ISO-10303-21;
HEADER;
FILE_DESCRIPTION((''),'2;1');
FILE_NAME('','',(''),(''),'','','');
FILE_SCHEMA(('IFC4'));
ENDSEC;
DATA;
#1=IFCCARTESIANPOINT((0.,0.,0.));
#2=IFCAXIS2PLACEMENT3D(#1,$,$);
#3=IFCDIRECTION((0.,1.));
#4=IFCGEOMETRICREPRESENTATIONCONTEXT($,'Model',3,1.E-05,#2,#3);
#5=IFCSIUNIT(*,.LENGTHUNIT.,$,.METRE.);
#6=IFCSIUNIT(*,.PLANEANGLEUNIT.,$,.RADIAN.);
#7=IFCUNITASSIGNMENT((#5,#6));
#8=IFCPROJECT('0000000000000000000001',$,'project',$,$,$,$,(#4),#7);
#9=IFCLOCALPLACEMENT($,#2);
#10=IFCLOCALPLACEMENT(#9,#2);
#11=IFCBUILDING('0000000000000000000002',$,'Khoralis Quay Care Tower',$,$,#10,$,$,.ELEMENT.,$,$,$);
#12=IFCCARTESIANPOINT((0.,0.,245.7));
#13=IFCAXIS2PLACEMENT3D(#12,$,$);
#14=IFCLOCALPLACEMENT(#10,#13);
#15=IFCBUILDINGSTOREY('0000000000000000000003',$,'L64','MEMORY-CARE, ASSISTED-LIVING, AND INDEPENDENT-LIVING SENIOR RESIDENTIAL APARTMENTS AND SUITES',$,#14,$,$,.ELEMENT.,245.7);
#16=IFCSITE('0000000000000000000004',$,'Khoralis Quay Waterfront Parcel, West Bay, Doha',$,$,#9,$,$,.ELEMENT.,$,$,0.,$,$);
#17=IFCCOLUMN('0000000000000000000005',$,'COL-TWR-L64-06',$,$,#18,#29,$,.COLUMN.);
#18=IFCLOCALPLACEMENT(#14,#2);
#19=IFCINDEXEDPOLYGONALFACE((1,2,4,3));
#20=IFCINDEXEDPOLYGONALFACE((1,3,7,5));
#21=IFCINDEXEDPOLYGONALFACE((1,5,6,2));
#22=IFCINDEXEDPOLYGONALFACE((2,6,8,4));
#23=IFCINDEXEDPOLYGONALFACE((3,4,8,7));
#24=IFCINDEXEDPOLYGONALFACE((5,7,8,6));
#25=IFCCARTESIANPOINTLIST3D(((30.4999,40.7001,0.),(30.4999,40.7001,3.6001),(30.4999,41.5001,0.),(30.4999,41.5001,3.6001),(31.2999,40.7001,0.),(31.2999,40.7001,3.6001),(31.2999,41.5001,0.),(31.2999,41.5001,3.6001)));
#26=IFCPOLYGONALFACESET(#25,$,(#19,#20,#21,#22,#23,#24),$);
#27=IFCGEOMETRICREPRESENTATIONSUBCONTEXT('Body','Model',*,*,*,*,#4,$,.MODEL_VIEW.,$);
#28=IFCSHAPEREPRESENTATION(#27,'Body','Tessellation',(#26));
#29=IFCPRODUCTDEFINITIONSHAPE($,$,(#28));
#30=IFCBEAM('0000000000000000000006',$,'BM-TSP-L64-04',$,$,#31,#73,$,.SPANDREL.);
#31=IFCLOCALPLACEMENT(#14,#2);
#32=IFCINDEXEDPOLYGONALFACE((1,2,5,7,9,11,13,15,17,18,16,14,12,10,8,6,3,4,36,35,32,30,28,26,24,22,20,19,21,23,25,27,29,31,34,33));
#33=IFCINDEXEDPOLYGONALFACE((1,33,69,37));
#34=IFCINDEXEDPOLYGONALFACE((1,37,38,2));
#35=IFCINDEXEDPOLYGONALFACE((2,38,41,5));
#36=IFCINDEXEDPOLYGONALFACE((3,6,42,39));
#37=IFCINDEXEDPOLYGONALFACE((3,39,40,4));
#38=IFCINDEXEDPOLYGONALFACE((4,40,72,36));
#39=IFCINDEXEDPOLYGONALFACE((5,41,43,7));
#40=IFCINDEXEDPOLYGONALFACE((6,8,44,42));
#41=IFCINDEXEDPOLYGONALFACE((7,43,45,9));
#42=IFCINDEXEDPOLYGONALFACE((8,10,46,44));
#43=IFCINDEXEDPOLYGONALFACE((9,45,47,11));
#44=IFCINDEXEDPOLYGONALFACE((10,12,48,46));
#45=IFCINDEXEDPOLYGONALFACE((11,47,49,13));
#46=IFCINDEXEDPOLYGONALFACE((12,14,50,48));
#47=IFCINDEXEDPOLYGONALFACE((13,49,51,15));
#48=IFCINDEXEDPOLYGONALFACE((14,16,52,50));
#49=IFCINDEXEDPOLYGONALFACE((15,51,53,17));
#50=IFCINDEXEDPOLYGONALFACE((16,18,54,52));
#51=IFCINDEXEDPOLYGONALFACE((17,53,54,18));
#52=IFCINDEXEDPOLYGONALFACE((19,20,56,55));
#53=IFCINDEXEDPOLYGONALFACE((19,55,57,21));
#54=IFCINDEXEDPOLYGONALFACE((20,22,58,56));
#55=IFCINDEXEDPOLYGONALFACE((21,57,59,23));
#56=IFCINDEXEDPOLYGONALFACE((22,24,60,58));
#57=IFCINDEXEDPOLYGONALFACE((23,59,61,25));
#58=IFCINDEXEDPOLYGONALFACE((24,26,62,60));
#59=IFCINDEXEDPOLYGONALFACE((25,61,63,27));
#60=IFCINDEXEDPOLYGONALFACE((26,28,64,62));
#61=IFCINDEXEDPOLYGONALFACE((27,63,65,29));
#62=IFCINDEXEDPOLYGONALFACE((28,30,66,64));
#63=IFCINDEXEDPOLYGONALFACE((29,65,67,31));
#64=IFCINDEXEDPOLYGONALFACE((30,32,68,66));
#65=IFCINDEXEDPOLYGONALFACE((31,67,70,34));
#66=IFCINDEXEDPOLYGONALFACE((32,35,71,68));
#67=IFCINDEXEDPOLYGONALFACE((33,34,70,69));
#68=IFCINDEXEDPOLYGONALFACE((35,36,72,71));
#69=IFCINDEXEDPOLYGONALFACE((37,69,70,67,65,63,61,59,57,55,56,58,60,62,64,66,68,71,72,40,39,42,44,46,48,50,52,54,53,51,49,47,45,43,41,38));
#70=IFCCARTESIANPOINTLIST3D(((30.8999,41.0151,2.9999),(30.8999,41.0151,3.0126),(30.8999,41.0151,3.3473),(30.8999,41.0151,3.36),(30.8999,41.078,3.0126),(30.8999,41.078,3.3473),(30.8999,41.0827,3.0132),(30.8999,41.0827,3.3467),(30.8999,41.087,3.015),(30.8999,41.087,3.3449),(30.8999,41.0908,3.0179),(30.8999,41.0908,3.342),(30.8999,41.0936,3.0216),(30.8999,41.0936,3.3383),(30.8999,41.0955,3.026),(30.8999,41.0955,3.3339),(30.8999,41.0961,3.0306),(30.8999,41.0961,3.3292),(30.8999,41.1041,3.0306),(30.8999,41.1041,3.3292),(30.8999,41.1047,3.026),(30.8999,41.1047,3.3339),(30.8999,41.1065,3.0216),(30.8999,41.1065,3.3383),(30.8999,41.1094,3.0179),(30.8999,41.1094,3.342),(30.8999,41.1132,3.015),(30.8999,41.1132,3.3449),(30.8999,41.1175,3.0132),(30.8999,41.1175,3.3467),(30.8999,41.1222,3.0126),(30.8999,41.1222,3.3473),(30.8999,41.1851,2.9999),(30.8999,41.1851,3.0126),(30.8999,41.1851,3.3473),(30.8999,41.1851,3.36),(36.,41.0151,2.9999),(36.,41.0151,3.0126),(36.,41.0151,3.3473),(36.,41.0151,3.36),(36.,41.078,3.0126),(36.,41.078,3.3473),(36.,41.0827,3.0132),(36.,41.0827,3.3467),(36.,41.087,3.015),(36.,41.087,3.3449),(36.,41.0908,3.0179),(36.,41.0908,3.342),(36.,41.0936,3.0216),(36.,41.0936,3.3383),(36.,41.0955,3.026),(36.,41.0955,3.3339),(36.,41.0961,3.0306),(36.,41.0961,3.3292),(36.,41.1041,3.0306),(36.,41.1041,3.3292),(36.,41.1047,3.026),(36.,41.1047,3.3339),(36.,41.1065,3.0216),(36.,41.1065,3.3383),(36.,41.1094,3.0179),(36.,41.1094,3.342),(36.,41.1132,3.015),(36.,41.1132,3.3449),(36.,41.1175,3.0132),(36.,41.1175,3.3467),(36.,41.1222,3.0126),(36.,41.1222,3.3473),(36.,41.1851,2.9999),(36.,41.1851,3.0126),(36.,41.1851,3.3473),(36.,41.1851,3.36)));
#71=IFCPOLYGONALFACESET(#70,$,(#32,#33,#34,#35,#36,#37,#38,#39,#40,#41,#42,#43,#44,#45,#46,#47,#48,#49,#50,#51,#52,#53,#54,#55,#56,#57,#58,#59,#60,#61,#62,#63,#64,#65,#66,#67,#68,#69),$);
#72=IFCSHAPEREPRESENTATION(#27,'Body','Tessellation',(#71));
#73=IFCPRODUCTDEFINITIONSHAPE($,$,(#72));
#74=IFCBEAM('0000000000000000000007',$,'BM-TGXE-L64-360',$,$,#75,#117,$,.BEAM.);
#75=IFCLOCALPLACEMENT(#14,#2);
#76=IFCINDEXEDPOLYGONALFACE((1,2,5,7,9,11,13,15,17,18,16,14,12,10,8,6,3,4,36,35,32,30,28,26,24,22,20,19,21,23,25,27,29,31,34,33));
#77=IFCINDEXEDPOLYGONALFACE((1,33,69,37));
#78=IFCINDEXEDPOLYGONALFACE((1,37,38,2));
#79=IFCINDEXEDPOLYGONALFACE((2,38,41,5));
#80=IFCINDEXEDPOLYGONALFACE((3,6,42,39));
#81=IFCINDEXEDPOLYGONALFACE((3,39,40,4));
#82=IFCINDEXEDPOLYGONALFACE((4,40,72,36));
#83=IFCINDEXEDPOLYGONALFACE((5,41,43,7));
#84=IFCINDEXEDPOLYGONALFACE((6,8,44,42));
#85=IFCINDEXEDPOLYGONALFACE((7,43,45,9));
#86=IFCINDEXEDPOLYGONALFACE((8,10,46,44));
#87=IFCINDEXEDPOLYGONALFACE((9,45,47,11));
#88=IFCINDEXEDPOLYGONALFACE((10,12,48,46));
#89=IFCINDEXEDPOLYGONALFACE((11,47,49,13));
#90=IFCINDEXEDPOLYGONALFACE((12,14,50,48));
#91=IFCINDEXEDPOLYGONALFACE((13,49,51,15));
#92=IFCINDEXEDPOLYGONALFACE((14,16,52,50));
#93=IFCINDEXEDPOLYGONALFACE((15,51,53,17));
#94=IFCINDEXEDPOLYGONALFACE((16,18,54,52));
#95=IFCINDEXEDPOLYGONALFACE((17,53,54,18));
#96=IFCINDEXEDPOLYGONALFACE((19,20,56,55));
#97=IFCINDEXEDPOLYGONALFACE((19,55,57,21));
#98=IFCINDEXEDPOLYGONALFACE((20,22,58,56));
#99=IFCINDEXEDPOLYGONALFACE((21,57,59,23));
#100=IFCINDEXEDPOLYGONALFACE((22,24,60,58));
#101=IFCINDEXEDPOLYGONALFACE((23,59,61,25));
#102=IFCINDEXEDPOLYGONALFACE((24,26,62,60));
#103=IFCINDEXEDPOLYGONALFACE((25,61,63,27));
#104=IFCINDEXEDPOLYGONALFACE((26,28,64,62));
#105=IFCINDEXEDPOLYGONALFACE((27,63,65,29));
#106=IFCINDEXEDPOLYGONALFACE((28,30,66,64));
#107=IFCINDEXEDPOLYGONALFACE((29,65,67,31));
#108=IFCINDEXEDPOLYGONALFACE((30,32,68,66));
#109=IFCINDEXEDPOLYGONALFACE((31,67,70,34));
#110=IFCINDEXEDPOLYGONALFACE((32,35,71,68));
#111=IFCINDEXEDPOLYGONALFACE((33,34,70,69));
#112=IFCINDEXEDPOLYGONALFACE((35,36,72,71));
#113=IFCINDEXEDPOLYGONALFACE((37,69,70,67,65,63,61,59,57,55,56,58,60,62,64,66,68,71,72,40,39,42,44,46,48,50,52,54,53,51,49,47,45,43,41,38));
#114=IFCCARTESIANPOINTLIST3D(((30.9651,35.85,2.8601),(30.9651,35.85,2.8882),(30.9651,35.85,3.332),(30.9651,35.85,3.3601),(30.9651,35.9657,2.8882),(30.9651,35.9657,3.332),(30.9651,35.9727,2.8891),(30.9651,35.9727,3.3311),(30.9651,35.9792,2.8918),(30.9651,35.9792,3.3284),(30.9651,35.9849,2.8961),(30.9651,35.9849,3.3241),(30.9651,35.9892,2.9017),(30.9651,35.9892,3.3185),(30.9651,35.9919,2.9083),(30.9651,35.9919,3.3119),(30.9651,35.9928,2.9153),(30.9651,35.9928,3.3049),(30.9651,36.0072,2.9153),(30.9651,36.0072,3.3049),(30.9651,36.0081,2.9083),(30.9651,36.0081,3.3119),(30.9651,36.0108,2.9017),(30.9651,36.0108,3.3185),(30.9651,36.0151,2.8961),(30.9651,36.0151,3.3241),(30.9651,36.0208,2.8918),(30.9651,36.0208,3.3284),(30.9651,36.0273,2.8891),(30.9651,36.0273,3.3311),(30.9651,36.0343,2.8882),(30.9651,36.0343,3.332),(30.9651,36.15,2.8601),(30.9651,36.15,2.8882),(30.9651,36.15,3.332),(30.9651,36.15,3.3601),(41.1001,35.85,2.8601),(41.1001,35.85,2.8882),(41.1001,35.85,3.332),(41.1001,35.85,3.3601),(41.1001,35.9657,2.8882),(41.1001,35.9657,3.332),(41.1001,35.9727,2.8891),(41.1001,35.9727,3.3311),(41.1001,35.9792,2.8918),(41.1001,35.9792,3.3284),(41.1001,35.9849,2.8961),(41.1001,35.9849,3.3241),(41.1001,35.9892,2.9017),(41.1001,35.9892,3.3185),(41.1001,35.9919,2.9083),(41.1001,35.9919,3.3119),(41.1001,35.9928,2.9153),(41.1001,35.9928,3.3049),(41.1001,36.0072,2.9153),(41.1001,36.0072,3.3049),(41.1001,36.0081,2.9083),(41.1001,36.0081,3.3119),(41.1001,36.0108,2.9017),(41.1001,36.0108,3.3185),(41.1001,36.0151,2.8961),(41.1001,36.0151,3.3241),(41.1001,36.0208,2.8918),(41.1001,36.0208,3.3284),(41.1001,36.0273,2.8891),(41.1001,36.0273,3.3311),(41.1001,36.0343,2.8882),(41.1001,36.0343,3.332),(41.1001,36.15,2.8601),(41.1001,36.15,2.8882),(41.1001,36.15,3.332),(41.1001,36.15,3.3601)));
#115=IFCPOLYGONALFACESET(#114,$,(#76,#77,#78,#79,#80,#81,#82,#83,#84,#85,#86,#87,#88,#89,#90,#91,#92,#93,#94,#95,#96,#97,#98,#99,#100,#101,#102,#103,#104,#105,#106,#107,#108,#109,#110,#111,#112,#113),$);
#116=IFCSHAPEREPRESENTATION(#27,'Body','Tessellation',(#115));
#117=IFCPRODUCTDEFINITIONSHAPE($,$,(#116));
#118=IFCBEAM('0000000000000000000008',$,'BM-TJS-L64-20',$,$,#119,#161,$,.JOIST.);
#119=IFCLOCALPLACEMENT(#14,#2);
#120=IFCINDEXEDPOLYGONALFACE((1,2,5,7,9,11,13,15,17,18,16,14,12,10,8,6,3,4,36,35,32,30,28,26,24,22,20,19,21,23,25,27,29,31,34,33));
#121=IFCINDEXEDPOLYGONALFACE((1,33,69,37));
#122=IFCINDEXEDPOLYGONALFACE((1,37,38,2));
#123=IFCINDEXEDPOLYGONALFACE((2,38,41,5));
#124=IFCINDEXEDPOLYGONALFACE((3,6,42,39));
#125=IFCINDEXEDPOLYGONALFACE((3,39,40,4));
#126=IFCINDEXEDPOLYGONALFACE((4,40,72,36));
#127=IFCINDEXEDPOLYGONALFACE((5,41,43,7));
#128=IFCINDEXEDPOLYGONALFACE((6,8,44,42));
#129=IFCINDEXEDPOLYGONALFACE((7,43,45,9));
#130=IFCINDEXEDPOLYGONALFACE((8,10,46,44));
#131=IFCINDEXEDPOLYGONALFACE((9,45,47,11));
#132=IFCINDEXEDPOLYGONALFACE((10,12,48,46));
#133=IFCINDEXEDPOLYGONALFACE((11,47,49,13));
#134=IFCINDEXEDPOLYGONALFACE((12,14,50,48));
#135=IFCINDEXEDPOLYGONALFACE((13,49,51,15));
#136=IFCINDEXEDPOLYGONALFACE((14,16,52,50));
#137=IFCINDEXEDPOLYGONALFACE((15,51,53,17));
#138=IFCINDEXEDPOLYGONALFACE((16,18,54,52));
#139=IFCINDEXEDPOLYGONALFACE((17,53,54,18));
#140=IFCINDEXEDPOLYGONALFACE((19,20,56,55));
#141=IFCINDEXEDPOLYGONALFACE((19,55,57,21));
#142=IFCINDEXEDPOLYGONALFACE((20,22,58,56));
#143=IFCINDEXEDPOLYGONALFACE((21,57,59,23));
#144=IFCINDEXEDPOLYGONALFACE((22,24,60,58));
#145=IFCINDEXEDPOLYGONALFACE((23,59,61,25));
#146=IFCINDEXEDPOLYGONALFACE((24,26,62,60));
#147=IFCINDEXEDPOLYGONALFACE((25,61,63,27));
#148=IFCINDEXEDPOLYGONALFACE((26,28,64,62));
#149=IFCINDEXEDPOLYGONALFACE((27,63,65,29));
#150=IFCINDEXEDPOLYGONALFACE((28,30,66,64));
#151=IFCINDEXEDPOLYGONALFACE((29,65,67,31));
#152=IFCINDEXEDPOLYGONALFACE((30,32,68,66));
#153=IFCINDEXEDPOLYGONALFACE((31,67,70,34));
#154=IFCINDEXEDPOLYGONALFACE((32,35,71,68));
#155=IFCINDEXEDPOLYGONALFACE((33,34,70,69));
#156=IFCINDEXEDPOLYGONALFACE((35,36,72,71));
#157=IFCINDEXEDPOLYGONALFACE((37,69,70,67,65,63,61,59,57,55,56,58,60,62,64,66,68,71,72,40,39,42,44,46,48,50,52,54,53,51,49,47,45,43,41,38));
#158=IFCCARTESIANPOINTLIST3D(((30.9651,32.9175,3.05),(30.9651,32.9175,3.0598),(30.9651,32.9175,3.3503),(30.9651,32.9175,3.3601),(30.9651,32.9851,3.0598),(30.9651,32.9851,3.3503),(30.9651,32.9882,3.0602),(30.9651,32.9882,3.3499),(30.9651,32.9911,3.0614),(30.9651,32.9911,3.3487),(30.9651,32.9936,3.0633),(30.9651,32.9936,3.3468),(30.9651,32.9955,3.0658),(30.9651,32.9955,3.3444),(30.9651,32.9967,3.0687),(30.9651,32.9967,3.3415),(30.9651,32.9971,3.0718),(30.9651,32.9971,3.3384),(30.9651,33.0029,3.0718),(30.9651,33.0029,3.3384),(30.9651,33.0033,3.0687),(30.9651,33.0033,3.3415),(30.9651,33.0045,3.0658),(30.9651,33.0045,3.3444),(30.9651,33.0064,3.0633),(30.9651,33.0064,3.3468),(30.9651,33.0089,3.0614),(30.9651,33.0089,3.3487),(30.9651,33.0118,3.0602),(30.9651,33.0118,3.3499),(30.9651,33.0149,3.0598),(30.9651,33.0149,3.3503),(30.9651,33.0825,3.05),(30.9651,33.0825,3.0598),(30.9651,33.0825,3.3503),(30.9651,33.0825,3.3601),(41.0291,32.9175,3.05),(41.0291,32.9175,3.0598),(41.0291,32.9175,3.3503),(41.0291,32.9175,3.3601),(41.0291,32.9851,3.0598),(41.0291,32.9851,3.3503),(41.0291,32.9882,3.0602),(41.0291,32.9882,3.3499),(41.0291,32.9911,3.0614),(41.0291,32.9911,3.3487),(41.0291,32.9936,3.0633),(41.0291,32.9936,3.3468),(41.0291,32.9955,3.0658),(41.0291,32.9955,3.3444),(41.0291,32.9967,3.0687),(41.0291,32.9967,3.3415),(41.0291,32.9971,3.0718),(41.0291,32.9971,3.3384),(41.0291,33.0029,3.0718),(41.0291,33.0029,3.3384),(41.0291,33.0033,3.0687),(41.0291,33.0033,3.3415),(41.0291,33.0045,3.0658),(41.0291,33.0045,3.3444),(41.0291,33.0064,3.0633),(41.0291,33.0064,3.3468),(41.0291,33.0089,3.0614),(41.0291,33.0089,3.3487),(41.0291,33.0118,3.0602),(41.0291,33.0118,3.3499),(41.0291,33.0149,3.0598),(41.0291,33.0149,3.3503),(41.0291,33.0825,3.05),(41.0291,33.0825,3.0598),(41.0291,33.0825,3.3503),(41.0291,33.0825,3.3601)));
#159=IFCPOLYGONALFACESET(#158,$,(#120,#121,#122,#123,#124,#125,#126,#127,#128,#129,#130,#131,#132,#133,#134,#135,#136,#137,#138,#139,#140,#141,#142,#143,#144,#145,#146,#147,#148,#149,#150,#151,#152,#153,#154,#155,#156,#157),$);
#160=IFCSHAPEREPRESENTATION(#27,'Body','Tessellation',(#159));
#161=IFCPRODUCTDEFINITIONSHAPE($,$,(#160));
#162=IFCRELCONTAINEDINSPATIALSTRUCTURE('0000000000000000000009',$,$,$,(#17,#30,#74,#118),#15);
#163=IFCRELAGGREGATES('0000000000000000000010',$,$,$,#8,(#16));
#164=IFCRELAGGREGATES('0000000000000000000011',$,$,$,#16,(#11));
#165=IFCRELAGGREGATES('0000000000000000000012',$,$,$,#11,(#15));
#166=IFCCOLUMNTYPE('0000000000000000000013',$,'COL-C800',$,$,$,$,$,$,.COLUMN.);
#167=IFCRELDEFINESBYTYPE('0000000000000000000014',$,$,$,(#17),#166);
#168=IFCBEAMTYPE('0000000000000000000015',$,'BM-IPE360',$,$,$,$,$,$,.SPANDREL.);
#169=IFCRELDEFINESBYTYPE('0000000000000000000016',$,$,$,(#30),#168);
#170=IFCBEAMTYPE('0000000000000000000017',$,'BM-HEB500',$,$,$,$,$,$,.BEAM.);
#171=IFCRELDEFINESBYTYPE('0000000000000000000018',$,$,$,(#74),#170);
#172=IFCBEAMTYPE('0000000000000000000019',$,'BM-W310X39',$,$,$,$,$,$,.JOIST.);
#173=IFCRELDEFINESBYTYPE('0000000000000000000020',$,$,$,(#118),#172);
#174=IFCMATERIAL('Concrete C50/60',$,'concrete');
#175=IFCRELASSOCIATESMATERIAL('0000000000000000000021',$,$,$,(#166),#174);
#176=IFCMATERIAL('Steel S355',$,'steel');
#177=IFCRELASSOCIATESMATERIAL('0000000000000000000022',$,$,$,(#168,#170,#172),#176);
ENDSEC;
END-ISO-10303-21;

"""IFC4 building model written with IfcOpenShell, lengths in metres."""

from ifc_helpers import new_model, si_unit, direction, frame, origin, origin_2d, place, context, subcontext, project, spatial, rectangle, i_section, extrude, source, transform, mapped, material, material_profile, profile_set, type_object, element, save


model = new_model("IFC4")

# Units and contexts
model_context = context("Model", 3, precision=1e-05, world=origin(), true_north=direction((0.0, 1.0)))
body_context = subcontext(model_context, "Body", "Model", "MODEL_VIEW")
ifc_project = project(units=[si_unit("LENGTHUNIT", "METRE"), si_unit("PLANEANGLEUNIT", "RADIAN")], contexts=[model_context])

# Site, building, storey
site_placement = place(None, origin())
site = spatial("IfcSite", under=ifc_project, at=site_placement, Name="Khoralis Quay Waterfront Parcel, West Bay, Doha", CompositionType="ELEMENT", RefElevation=0.0)
building_placement = place(site_placement, origin())
building = spatial("IfcBuilding", under=site, at=building_placement, Name="Khoralis Quay Care Tower", CompositionType="ELEMENT")
storey_placement = place(building_placement, frame((0.0, 0.0, 245.7)))
storey = spatial("IfcBuildingStorey", under=building, at=storey_placement, Name="L64", Description="MEMORY-CARE, ASSISTED-LIVING, AND INDEPENDENT-LIVING SENIOR RESIDENTIAL APARTMENTS AND SUITES", CompositionType="ELEMENT", Elevation=245.7)

# Column
ifc_material_1 = material(Name="Concrete C50/60", Category="concrete")
ifc_material_profile_1 = material_profile(ifc_material_1, rectangle(XDim=0.8, YDim=0.8, at=origin_2d()), Name="Concrete C50/60")
ifc_profile_set_1 = profile_set([ifc_material_profile_1], Name="Concrete C50/60")
column_type = type_object("IfcColumnType", Name="COL-C800", PredefinedType="COLUMN", material=ifc_profile_set_1)
shared_shape_1 = source(origin(), body_context, "Body", "SweptSolid", [
    extrude(rectangle(XDim=0.8, YDim=0.8, at=origin_2d()), origin(), (0.0, 0.0, 1.0), 3.6001),
])
column_placement = place(storey_placement, frame((30.8999, 41.1001, 0.0), z_axis=(0.0, 0.0, 1.0), x_axis=(1.0, 0.0, 0.0)))
element("IfcColumn", 1, at=column_placement, inside=storey, type_object=column_type, Name="COL-TWR-L64-06", PredefinedType="COLUMN", context=body_context, shape_type="MappedRepresentation", body=[
    mapped(shared_shape_1, transform((0.0, 0.0, 0.0), scale=1.0)),
])

# Beams
ifc_material_2 = material(Name="Steel S355", Category="steel")
ifc_material_profile_2 = material_profile(ifc_material_2, i_section(OverallWidth=0.1699, OverallDepth=0.3601, WebThickness=0.0081, FlangeThickness=0.0127, FilletRadius=0.0181, at=origin_2d()), Name="Steel S355")
ifc_profile_set_2 = profile_set([ifc_material_profile_2], Name="Steel S355")
beam_type_1 = type_object("IfcBeamType", Name="BM-IPE360", PredefinedType="SPANDREL", material=ifc_profile_set_2)
shared_shape_2 = source(origin(), body_context, "Body", "SweptSolid", [
    extrude(i_section(OverallWidth=0.1699, OverallDepth=0.3601, WebThickness=0.0081, FlangeThickness=0.0127, FilletRadius=0.0181, at=origin_2d()), origin(), (0.0, 0.0, 1.0), 5.1001),
])
beam_1_placement = place(storey_placement, frame((30.8999, 41.1001, 3.1799), z_axis=(1.0, 0.0, 0.0), x_axis=(0.0, 1.0, 0.0)))
element("IfcBeam", 2, at=beam_1_placement, inside=storey, type_object=beam_type_1, Name="BM-TSP-L64-04", PredefinedType="SPANDREL", context=body_context, shape_type="MappedRepresentation", body=[
    mapped(shared_shape_2, transform((0.0, 0.0, 0.0), scale=1.0)),
])
ifc_material_profile_3 = material_profile(ifc_material_2, i_section(OverallWidth=0.3, OverallDepth=0.5, WebThickness=0.0144, FlangeThickness=0.0281, FilletRadius=0.0271, at=origin_2d()), Name="Steel S355")
ifc_profile_set_3 = profile_set([ifc_material_profile_3], Name="Steel S355")
beam_type_2 = type_object("IfcBeamType", Name="BM-HEB500", PredefinedType="BEAM", material=ifc_profile_set_3)
shared_shape_3 = source(origin(), body_context, "Body", "SweptSolid", [
    extrude(i_section(OverallWidth=0.3, OverallDepth=0.5, WebThickness=0.0144, FlangeThickness=0.0281, FilletRadius=0.0271, at=origin_2d()), origin(), (0.0, 0.0, 1.0), 10.135),
])
beam_2_placement = place(storey_placement, frame((30.9651, 36.0, 3.1101), z_axis=(1.0, 0.0, 0.0), x_axis=(0.0, 1.0, 0.0)))
element("IfcBeam", 3, at=beam_2_placement, inside=storey, type_object=beam_type_2, Name="BM-TGXE-L64-360", PredefinedType="BEAM", context=body_context, shape_type="MappedRepresentation", body=[
    mapped(shared_shape_3, transform((0.0, 0.0, 0.0), scale=1.0)),
])
ifc_material_profile_4 = material_profile(ifc_material_2, i_section(OverallWidth=0.165, OverallDepth=0.3101, WebThickness=0.0059, FlangeThickness=0.0098, FilletRadius=0.012, at=origin_2d()), Name="Steel S355")
ifc_profile_set_4 = profile_set([ifc_material_profile_4], Name="Steel S355")
beam_type_3 = type_object("IfcBeamType", Name="BM-W310X39", PredefinedType="JOIST", material=ifc_profile_set_4)
shared_shape_4 = source(origin(), body_context, "Body", "SweptSolid", [
    extrude(i_section(OverallWidth=0.165, OverallDepth=0.3101, WebThickness=0.0059, FlangeThickness=0.0098, FilletRadius=0.012, at=origin_2d()), origin(), (0.0, 0.0, 1.0), 10.064),
])
for number, where, z_axis, x_axis, name in (
    (4, (30.9651, 33.0, 3.2051), (1.0, 0.0, 0.0), (0.0, 1.0, 0.0), "BM-TJS-L64-20"),
):
    element("IfcBeam", number, at=place(storey_placement, frame(where, z_axis=z_axis, x_axis=x_axis)), inside=storey, type_object=beam_type_3, Name=name, PredefinedType="JOIST", context=body_context, shape_type="MappedRepresentation", body=[
        mapped(shared_shape_4, transform((0.0, 0.0, 0.0), scale=1.0)),
    ])

save(model, "model.ifc")
